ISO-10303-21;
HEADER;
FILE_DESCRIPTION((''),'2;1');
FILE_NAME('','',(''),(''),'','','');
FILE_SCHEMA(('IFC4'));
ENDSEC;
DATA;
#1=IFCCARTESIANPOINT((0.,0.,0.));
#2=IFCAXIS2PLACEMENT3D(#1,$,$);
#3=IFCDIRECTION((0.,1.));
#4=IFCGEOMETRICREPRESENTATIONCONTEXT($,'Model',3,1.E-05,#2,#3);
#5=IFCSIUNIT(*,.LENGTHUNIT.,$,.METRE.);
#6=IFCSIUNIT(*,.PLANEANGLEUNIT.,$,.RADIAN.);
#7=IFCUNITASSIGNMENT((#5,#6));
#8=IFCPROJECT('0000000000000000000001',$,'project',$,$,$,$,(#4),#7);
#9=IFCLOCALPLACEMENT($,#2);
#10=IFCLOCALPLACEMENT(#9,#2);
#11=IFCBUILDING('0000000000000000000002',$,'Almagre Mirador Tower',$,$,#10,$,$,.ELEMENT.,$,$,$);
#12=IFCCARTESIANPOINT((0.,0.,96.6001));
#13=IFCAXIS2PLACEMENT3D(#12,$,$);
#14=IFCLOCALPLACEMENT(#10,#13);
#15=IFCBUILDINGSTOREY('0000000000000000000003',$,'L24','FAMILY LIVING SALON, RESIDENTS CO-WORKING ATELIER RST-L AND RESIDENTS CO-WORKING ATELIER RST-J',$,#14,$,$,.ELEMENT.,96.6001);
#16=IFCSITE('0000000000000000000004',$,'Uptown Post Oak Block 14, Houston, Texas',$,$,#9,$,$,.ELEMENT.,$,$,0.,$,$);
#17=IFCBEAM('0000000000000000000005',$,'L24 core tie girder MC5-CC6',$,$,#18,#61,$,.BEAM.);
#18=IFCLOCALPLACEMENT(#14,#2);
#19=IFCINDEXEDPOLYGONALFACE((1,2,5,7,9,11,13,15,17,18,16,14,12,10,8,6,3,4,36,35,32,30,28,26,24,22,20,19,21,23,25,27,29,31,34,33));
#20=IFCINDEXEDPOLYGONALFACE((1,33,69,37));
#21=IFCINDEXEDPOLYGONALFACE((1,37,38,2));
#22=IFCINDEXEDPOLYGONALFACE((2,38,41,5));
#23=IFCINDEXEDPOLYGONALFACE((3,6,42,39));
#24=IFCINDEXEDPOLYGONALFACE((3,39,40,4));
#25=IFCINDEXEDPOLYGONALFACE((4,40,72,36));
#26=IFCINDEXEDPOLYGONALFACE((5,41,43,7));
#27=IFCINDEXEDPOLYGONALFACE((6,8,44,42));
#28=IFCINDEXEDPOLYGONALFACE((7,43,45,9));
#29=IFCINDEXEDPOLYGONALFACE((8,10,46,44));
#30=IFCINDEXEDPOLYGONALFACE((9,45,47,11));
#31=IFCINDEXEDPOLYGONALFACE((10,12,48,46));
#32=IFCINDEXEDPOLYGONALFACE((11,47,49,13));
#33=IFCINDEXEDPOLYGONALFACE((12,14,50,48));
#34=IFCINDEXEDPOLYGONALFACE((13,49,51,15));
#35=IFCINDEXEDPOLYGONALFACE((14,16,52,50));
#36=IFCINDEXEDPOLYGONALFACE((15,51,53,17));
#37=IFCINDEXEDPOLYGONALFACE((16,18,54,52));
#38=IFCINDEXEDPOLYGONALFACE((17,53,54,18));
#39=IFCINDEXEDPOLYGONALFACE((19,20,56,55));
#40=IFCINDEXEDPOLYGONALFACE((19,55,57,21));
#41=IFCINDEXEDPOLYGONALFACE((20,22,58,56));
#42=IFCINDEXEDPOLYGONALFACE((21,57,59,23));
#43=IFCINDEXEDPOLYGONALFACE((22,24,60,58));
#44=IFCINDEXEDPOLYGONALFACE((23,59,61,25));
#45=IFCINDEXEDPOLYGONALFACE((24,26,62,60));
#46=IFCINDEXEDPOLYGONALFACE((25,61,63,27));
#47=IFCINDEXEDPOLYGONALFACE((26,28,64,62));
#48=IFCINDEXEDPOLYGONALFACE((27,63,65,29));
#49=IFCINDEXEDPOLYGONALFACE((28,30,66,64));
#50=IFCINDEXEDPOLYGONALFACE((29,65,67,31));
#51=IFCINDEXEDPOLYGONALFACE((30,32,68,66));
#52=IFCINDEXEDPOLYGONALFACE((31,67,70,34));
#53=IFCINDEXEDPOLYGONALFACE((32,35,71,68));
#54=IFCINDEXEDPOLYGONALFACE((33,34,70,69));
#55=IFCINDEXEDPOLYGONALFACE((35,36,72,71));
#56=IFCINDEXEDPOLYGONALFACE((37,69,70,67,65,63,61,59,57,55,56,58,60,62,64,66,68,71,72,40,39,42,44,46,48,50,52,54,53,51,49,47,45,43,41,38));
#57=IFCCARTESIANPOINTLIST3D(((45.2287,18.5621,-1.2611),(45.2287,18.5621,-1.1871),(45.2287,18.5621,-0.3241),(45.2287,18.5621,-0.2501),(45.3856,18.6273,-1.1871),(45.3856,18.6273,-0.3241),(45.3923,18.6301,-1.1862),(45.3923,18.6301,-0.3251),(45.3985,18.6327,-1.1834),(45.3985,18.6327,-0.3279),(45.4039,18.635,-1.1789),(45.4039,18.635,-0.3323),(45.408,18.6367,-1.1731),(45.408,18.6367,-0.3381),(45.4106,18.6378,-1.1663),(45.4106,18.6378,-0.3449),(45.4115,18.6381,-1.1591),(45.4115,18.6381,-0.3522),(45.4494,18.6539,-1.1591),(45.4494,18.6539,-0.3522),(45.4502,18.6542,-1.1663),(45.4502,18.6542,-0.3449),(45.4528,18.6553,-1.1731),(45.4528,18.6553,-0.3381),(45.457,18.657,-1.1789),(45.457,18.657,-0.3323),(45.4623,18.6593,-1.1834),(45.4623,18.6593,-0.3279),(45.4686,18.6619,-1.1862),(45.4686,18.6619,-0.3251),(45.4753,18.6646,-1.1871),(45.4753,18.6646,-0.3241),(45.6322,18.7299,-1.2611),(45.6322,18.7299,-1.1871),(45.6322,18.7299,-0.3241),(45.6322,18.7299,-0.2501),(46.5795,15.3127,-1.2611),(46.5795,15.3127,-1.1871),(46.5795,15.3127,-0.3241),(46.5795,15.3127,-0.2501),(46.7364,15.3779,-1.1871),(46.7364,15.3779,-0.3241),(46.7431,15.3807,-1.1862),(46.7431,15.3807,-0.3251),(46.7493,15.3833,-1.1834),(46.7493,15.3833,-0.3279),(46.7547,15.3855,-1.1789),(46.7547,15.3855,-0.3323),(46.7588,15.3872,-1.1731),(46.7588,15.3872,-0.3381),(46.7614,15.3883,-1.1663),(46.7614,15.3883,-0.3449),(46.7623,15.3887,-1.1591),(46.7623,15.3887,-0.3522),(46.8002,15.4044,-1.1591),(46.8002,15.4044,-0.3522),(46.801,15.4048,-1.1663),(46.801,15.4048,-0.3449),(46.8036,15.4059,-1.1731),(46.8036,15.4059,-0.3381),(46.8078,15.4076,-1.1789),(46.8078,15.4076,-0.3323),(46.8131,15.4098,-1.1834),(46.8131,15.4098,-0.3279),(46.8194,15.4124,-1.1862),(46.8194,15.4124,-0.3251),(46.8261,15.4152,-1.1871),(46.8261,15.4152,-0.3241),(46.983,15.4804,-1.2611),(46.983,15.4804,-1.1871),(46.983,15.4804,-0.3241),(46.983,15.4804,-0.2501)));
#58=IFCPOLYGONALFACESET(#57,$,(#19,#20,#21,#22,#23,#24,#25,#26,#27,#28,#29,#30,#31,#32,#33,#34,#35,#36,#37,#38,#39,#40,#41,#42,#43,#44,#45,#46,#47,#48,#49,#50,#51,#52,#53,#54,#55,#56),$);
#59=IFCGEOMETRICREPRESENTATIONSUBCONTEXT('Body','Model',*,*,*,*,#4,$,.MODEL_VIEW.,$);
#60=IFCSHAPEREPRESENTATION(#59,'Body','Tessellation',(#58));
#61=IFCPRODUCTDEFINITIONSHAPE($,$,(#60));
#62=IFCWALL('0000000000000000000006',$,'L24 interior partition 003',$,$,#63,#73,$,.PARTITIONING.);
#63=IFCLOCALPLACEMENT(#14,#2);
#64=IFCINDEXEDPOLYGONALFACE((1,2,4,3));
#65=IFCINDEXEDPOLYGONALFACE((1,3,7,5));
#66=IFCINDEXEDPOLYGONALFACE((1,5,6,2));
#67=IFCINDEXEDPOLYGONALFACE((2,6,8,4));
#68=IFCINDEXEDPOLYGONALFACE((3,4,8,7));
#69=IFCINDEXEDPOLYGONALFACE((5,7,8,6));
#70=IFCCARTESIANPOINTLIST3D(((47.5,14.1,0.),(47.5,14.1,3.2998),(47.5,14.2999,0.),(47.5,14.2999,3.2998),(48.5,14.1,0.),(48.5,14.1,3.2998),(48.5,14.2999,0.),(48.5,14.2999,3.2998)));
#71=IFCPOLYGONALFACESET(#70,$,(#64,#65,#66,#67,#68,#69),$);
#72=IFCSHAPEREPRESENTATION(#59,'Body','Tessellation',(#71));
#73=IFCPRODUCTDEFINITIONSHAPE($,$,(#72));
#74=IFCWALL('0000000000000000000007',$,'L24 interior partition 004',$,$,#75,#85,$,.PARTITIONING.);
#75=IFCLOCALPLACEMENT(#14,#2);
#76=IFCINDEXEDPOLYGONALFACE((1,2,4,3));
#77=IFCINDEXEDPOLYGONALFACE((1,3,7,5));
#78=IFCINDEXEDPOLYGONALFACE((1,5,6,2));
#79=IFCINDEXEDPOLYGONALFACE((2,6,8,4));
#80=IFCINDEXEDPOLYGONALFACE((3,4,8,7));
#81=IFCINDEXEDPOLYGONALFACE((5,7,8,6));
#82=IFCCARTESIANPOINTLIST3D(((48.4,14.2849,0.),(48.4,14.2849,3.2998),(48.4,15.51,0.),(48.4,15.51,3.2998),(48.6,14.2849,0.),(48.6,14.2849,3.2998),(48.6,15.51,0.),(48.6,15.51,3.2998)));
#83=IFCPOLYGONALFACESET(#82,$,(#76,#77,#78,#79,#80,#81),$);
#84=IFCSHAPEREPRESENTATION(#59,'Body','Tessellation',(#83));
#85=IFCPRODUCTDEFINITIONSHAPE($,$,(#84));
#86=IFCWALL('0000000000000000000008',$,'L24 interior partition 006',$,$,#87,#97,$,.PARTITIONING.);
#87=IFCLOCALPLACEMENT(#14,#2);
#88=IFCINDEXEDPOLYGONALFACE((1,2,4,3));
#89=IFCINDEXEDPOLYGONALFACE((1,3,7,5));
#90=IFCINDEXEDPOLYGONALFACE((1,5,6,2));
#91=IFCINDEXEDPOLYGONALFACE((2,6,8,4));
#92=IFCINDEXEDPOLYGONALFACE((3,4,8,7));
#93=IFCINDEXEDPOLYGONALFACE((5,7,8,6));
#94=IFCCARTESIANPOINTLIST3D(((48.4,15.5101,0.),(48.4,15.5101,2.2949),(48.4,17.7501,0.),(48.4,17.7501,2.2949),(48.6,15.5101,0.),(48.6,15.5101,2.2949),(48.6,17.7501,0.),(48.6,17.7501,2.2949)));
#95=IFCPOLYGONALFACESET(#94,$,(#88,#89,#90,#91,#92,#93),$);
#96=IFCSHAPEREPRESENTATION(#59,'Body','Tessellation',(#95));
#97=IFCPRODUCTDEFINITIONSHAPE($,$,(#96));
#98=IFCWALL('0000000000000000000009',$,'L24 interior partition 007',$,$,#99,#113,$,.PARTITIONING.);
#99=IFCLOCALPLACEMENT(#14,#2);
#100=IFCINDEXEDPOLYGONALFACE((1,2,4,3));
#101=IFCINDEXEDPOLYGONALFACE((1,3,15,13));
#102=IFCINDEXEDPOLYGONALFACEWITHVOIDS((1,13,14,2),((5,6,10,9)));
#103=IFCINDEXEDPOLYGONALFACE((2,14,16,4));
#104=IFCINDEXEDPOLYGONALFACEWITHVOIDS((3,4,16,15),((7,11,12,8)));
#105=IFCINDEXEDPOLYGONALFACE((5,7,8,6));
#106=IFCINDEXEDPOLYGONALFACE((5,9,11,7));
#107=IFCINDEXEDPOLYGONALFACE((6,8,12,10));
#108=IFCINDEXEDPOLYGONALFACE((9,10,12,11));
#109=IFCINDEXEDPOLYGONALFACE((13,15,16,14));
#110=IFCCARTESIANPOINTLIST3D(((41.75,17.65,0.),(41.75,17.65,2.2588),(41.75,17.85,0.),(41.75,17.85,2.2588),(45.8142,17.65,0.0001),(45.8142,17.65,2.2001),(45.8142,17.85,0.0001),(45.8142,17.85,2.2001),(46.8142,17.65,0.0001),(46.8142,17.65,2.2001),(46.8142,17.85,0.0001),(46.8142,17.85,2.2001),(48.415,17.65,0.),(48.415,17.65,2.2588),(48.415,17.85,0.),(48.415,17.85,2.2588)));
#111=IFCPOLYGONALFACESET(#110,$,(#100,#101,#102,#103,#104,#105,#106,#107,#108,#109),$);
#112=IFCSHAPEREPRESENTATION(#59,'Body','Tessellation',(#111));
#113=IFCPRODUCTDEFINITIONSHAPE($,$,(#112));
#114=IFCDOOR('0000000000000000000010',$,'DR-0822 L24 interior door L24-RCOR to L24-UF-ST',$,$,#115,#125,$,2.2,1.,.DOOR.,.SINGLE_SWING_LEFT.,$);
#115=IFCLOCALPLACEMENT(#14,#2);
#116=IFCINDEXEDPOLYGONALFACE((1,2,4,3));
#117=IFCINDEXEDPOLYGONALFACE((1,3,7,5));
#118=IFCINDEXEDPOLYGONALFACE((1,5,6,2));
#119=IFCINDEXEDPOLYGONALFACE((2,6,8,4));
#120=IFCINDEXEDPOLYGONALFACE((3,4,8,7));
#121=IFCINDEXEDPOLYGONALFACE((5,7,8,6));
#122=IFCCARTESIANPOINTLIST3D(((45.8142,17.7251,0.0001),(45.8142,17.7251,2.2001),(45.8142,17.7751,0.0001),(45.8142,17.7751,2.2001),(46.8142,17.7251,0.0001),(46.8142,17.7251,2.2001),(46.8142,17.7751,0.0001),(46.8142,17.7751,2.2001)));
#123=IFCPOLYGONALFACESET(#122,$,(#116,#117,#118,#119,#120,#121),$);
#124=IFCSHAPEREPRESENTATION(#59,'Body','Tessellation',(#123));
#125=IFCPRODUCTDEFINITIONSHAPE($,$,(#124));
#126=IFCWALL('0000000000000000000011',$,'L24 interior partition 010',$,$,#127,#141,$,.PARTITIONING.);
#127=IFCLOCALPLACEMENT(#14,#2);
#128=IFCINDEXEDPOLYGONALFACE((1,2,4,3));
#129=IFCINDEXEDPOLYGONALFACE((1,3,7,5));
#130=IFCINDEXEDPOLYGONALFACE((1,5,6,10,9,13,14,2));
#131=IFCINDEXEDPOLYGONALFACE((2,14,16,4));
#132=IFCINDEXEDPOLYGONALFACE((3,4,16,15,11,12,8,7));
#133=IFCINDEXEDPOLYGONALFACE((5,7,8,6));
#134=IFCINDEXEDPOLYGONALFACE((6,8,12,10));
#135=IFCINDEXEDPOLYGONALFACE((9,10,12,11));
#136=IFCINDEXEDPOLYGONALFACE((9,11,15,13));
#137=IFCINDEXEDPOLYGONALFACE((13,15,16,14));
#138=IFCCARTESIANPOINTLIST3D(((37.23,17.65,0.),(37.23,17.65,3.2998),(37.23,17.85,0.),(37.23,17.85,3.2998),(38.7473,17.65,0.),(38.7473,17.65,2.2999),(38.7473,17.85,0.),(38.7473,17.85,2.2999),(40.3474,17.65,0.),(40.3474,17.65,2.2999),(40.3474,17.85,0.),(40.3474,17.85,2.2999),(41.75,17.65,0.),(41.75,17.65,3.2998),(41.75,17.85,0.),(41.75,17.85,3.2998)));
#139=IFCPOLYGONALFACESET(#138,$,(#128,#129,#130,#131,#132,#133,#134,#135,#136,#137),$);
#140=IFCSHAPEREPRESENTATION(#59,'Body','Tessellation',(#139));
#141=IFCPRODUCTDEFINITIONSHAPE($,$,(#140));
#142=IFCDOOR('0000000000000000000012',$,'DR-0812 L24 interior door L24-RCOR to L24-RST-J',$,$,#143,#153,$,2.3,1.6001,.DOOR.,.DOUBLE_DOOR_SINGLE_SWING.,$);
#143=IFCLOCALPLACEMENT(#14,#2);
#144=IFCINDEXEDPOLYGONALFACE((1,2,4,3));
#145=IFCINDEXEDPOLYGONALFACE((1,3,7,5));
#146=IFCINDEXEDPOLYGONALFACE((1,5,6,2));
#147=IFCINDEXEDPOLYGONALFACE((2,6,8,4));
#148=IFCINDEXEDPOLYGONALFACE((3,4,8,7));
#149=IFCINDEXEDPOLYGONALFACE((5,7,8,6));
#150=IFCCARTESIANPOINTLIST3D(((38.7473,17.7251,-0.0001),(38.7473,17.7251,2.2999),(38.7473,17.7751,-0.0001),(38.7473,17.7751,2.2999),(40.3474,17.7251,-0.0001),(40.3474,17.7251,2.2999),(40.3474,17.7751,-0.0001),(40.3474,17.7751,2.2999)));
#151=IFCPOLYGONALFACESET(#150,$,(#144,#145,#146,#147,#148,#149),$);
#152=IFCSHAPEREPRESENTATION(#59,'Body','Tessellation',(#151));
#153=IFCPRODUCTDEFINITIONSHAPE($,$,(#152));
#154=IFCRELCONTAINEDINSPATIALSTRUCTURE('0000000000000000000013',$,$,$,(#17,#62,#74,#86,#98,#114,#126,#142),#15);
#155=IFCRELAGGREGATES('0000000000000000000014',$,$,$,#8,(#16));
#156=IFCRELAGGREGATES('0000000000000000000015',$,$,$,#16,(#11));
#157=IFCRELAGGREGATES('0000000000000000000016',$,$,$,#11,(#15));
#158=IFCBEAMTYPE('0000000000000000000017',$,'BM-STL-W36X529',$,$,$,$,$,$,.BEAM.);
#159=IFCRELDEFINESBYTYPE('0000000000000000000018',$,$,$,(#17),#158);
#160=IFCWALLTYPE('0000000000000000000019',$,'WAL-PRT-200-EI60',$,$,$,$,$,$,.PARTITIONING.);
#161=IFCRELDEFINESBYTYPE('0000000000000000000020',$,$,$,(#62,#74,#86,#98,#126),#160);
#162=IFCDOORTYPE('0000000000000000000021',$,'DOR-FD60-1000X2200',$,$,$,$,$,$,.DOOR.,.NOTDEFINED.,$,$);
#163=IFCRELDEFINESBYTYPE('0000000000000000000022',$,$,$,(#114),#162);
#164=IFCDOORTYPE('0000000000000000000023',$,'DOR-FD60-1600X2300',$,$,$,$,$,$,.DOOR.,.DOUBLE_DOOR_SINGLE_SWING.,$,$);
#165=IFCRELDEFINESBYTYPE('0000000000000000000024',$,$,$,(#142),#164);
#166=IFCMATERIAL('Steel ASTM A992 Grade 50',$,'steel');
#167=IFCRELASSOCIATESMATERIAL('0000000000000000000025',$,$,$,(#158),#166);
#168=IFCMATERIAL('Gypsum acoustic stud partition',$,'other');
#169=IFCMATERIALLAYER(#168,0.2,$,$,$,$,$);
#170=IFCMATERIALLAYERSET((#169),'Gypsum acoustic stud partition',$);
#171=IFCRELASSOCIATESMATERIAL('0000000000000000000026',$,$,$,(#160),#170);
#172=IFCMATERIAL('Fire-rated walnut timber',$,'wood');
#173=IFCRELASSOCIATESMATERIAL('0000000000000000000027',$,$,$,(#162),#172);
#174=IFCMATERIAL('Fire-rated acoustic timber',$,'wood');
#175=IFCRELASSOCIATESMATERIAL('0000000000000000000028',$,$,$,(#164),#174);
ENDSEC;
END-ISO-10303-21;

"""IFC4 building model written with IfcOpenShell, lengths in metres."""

from ifc_helpers import new_model, si_unit, direction, frame, frame_2d, origin, origin_2d, place, context, subcontext, project, spatial, rectangle, i_section, extrude, material, layer, layer_set, material_profile, profile_set, type_object, element, fill, save


model = new_model("IFC4")

# Units and contexts
model_context = context("Model", 3, precision=1e-05, world=origin(), true_north=direction((0.0, 1.0)))
body_context = subcontext(model_context, "Body", "Model", "MODEL_VIEW")
ifc_project = project(units=[si_unit("LENGTHUNIT", "METRE"), si_unit("PLANEANGLEUNIT", "RADIAN")], contexts=[model_context])

# Site, building, storey
site_placement = place(None, origin())
site = spatial("IfcSite", under=ifc_project, at=site_placement, Name="Uptown Post Oak Block 14, Houston, Texas", CompositionType="ELEMENT", RefElevation=0.0)
building_placement = place(site_placement, origin())
building = spatial("IfcBuilding", under=site, at=building_placement, Name="Almagre Mirador Tower", CompositionType="ELEMENT")
storey_placement = place(building_placement, frame((0.0, 0.0, 96.6001)))
storey = spatial("IfcBuildingStorey", under=building, at=storey_placement, Name="L24", Description="FAMILY LIVING SALON, RESIDENTS CO-WORKING ATELIER RST-L AND RESIDENTS CO-WORKING ATELIER RST-J", CompositionType="ELEMENT", Elevation=96.6001)

# Beam
ifc_material_1 = material(Name="Steel ASTM A992 Grade 50", Category="steel")
ifc_material_profile_1 = material_profile(ifc_material_1, i_section(OverallWidth=0.437, OverallDepth=1.011, WebThickness=0.041, FlangeThickness=0.074, FilletRadius=0.0281, at=origin_2d()), Name="W36X529")
ifc_profile_set_1 = profile_set([ifc_material_profile_1], Name="Steel ASTM A992 Grade 50")
beam_type_1 = type_object("IfcBeamType", Name="BM-STL-W36X529", PredefinedType="BEAM", material=ifc_profile_set_1)
beam_1_placement = place(storey_placement, frame((45.4304, 18.646, -0.7556), z_axis=(0.383857, -0.923393, 0.0), x_axis=(0.923393, 0.383857, 0.0)))
element("IfcBeam", 1, at=beam_1_placement, inside=storey, type_object=beam_type_1, Name="L24 core tie girder MC5-CC6", PredefinedType="BEAM", context=body_context, shape_type="SweptSolid", body=[
    extrude(i_section(OverallWidth=0.437, OverallDepth=1.011, WebThickness=0.041, FlangeThickness=0.074, FilletRadius=0.0281, at=origin_2d()), origin(), (0.0, 0.0, 1.0), 3.519),
])

# Walls
ifc_material_2 = material(Name="Gypsum acoustic stud partition", Category="other")
ifc_layer_1 = layer(ifc_material_2, 0.2)
ifc_layer_set_1 = layer_set([ifc_layer_1], Name="Gypsum acoustic stud partition")
wall_type_1 = type_object("IfcWallType", Name="WAL-PRT-200-EI60", PredefinedType="PARTITIONING", material=ifc_layer_set_1)
wall_1_placement = place(storey_placement, frame((47.5, 14.2, 0.0), z_axis=(0.0, 0.0, 1.0), x_axis=(1.0, 0.0, 0.0)))
element("IfcWall", 2, at=wall_1_placement, inside=storey, type_object=wall_type_1, Name="L24 interior partition 003", PredefinedType="PARTITIONING", context=body_context, shape_type="SweptSolid", body=[
    extrude(rectangle(XDim=1.0, YDim=0.2, at=frame_2d((0.5, 0.0))), origin(), (0.0, 0.0, 1.0), 3.2998),
])
wall_2_placement = place(storey_placement, frame((48.5, 14.2849, 0.0), z_axis=(0.0, 0.0, 1.0), x_axis=(0.0, 1.0, 0.0)))
element("IfcWall", 3, at=wall_2_placement, inside=storey, type_object=wall_type_1, Name="L24 interior partition 004", PredefinedType="PARTITIONING", context=body_context, shape_type="SweptSolid", body=[
    extrude(rectangle(XDim=1.2251, YDim=0.2, at=frame_2d((0.6125, 0.0))), origin(), (0.0, 0.0, 1.0), 3.2998),
])
wall_3_placement = place(storey_placement, frame((48.5, 15.51, 0.0), z_axis=(0.0, 0.0, 1.0), x_axis=(0.0, 1.0, 0.0)))
element("IfcWall", 4, at=wall_3_placement, inside=storey, type_object=wall_type_1, Name="L24 interior partition 006", PredefinedType="PARTITIONING", context=body_context, shape_type="SweptSolid", body=[
    extrude(rectangle(XDim=2.24, YDim=0.2, at=frame_2d((1.1201, 0.0))), origin(), (0.0, 0.0, 1.0), 2.2949),
])

# Walls, openings, doors
wall_4_placement = place(storey_placement, frame((48.415, 17.75, 0.0), z_axis=(0.0, 0.0, 1.0), x_axis=(-1.0, 0.0, 0.0)))
wall_4 = element("IfcWall", 5, at=wall_4_placement, inside=storey, type_object=wall_type_1, Name="L24 interior partition 007", PredefinedType="PARTITIONING", context=body_context, shape_type="SweptSolid", body=[
    extrude(rectangle(XDim=6.665, YDim=0.2, at=frame_2d((3.3325, 0.0))), origin(), (0.0, 0.0, 1.0), 2.2588),
])
opening_1_placement = place(wall_4_placement, frame((1.6008, 0.0, 0.0)))
opening_1 = element("IfcOpeningElement", 6, at=opening_1_placement, cuts=wall_4, PredefinedType="OPENING", context=body_context, shape_type="SweptSolid", body=[
    extrude(rectangle(XDim=1.0, YDim=2.2, at=frame_2d((0.5, 1.1001))), frame((0.0, 0.1101, 0.0), z_axis=(0.0, -1.0, 0.0), x_axis=(1.0, 0.0, 0.0)), (0.0, 0.0, 1.0), 0.22),
])
ifc_material_3 = material(Name="Fire-rated walnut timber", Category="wood")
door_type_1 = type_object("IfcDoorType", Name="DOR-FD60-1000X2200", OperationType="NOTDEFINED", PredefinedType="DOOR", material=ifc_material_3)
door_1_placement = place(opening_1_placement, origin())
door_1 = element("IfcDoor", 7, at=door_1_placement, inside=storey, type_object=door_type_1, Name="DR-0822 L24 interior door L24-RCOR to L24-UF-ST", OperationType="SINGLE_SWING_LEFT", OverallHeight=2.2, OverallWidth=1.0, PredefinedType="DOOR", context=body_context, shape_type="SweptSolid", body=[
    extrude(rectangle(XDim=1.0, YDim=2.2, at=frame_2d((0.5, 1.1001))), frame((0.0, 0.0249, 0.0), z_axis=(0.0, -1.0, 0.0), x_axis=(1.0, 0.0, 0.0)), (0.0, 0.0, 1.0), 0.05),
])
fill(opening_1, door_1)
wall_5_placement = place(storey_placement, frame((41.75, 17.75, 0.0), z_axis=(0.0, 0.0, 1.0), x_axis=(-1.0, 0.0, 0.0)))
wall_5 = element("IfcWall", 8, at=wall_5_placement, inside=storey, type_object=wall_type_1, Name="L24 interior partition 010", PredefinedType="PARTITIONING", context=body_context, shape_type="SweptSolid", body=[
    extrude(rectangle(XDim=4.52, YDim=0.2, at=frame_2d((2.26, 0.0))), origin(), (0.0, 0.0, 1.0), 3.2998),
])
opening_2_placement = place(wall_5_placement, frame((1.4026, 0.0, 0.0)))
opening_2 = element("IfcOpeningElement", 9, at=opening_2_placement, cuts=wall_5, PredefinedType="OPENING", context=body_context, shape_type="SweptSolid", body=[
    extrude(rectangle(XDim=1.6001, YDim=2.3, at=frame_2d((0.8, 1.1499))), frame((0.0, 0.1101, 0.0), z_axis=(0.0, -1.0, 0.0), x_axis=(1.0, 0.0, 0.0)), (0.0, 0.0, 1.0), 0.22),
])
ifc_material_4 = material(Name="Fire-rated acoustic timber", Category="wood")
door_type_2 = type_object("IfcDoorType", Name="DOR-FD60-1600X2300", OperationType="DOUBLE_DOOR_SINGLE_SWING", PredefinedType="DOOR", material=ifc_material_4)
door_2_placement = place(opening_2_placement, origin())
door_2 = element("IfcDoor", 10, at=door_2_placement, inside=storey, type_object=door_type_2, Name="DR-0812 L24 interior door L24-RCOR to L24-RST-J", OperationType="DOUBLE_DOOR_SINGLE_SWING", OverallHeight=2.3, OverallWidth=1.6001, PredefinedType="DOOR", context=body_context, shape_type="SweptSolid", body=[
    extrude(rectangle(XDim=1.6001, YDim=2.3, at=frame_2d((0.8, 1.1499))), frame((0.0, 0.0249, 0.0), z_axis=(0.0, -1.0, 0.0), x_axis=(1.0, 0.0, 0.0)), (0.0, 0.0, 1.0), 0.05),
])
fill(opening_2, door_2)

save(model, "model.ifc")
